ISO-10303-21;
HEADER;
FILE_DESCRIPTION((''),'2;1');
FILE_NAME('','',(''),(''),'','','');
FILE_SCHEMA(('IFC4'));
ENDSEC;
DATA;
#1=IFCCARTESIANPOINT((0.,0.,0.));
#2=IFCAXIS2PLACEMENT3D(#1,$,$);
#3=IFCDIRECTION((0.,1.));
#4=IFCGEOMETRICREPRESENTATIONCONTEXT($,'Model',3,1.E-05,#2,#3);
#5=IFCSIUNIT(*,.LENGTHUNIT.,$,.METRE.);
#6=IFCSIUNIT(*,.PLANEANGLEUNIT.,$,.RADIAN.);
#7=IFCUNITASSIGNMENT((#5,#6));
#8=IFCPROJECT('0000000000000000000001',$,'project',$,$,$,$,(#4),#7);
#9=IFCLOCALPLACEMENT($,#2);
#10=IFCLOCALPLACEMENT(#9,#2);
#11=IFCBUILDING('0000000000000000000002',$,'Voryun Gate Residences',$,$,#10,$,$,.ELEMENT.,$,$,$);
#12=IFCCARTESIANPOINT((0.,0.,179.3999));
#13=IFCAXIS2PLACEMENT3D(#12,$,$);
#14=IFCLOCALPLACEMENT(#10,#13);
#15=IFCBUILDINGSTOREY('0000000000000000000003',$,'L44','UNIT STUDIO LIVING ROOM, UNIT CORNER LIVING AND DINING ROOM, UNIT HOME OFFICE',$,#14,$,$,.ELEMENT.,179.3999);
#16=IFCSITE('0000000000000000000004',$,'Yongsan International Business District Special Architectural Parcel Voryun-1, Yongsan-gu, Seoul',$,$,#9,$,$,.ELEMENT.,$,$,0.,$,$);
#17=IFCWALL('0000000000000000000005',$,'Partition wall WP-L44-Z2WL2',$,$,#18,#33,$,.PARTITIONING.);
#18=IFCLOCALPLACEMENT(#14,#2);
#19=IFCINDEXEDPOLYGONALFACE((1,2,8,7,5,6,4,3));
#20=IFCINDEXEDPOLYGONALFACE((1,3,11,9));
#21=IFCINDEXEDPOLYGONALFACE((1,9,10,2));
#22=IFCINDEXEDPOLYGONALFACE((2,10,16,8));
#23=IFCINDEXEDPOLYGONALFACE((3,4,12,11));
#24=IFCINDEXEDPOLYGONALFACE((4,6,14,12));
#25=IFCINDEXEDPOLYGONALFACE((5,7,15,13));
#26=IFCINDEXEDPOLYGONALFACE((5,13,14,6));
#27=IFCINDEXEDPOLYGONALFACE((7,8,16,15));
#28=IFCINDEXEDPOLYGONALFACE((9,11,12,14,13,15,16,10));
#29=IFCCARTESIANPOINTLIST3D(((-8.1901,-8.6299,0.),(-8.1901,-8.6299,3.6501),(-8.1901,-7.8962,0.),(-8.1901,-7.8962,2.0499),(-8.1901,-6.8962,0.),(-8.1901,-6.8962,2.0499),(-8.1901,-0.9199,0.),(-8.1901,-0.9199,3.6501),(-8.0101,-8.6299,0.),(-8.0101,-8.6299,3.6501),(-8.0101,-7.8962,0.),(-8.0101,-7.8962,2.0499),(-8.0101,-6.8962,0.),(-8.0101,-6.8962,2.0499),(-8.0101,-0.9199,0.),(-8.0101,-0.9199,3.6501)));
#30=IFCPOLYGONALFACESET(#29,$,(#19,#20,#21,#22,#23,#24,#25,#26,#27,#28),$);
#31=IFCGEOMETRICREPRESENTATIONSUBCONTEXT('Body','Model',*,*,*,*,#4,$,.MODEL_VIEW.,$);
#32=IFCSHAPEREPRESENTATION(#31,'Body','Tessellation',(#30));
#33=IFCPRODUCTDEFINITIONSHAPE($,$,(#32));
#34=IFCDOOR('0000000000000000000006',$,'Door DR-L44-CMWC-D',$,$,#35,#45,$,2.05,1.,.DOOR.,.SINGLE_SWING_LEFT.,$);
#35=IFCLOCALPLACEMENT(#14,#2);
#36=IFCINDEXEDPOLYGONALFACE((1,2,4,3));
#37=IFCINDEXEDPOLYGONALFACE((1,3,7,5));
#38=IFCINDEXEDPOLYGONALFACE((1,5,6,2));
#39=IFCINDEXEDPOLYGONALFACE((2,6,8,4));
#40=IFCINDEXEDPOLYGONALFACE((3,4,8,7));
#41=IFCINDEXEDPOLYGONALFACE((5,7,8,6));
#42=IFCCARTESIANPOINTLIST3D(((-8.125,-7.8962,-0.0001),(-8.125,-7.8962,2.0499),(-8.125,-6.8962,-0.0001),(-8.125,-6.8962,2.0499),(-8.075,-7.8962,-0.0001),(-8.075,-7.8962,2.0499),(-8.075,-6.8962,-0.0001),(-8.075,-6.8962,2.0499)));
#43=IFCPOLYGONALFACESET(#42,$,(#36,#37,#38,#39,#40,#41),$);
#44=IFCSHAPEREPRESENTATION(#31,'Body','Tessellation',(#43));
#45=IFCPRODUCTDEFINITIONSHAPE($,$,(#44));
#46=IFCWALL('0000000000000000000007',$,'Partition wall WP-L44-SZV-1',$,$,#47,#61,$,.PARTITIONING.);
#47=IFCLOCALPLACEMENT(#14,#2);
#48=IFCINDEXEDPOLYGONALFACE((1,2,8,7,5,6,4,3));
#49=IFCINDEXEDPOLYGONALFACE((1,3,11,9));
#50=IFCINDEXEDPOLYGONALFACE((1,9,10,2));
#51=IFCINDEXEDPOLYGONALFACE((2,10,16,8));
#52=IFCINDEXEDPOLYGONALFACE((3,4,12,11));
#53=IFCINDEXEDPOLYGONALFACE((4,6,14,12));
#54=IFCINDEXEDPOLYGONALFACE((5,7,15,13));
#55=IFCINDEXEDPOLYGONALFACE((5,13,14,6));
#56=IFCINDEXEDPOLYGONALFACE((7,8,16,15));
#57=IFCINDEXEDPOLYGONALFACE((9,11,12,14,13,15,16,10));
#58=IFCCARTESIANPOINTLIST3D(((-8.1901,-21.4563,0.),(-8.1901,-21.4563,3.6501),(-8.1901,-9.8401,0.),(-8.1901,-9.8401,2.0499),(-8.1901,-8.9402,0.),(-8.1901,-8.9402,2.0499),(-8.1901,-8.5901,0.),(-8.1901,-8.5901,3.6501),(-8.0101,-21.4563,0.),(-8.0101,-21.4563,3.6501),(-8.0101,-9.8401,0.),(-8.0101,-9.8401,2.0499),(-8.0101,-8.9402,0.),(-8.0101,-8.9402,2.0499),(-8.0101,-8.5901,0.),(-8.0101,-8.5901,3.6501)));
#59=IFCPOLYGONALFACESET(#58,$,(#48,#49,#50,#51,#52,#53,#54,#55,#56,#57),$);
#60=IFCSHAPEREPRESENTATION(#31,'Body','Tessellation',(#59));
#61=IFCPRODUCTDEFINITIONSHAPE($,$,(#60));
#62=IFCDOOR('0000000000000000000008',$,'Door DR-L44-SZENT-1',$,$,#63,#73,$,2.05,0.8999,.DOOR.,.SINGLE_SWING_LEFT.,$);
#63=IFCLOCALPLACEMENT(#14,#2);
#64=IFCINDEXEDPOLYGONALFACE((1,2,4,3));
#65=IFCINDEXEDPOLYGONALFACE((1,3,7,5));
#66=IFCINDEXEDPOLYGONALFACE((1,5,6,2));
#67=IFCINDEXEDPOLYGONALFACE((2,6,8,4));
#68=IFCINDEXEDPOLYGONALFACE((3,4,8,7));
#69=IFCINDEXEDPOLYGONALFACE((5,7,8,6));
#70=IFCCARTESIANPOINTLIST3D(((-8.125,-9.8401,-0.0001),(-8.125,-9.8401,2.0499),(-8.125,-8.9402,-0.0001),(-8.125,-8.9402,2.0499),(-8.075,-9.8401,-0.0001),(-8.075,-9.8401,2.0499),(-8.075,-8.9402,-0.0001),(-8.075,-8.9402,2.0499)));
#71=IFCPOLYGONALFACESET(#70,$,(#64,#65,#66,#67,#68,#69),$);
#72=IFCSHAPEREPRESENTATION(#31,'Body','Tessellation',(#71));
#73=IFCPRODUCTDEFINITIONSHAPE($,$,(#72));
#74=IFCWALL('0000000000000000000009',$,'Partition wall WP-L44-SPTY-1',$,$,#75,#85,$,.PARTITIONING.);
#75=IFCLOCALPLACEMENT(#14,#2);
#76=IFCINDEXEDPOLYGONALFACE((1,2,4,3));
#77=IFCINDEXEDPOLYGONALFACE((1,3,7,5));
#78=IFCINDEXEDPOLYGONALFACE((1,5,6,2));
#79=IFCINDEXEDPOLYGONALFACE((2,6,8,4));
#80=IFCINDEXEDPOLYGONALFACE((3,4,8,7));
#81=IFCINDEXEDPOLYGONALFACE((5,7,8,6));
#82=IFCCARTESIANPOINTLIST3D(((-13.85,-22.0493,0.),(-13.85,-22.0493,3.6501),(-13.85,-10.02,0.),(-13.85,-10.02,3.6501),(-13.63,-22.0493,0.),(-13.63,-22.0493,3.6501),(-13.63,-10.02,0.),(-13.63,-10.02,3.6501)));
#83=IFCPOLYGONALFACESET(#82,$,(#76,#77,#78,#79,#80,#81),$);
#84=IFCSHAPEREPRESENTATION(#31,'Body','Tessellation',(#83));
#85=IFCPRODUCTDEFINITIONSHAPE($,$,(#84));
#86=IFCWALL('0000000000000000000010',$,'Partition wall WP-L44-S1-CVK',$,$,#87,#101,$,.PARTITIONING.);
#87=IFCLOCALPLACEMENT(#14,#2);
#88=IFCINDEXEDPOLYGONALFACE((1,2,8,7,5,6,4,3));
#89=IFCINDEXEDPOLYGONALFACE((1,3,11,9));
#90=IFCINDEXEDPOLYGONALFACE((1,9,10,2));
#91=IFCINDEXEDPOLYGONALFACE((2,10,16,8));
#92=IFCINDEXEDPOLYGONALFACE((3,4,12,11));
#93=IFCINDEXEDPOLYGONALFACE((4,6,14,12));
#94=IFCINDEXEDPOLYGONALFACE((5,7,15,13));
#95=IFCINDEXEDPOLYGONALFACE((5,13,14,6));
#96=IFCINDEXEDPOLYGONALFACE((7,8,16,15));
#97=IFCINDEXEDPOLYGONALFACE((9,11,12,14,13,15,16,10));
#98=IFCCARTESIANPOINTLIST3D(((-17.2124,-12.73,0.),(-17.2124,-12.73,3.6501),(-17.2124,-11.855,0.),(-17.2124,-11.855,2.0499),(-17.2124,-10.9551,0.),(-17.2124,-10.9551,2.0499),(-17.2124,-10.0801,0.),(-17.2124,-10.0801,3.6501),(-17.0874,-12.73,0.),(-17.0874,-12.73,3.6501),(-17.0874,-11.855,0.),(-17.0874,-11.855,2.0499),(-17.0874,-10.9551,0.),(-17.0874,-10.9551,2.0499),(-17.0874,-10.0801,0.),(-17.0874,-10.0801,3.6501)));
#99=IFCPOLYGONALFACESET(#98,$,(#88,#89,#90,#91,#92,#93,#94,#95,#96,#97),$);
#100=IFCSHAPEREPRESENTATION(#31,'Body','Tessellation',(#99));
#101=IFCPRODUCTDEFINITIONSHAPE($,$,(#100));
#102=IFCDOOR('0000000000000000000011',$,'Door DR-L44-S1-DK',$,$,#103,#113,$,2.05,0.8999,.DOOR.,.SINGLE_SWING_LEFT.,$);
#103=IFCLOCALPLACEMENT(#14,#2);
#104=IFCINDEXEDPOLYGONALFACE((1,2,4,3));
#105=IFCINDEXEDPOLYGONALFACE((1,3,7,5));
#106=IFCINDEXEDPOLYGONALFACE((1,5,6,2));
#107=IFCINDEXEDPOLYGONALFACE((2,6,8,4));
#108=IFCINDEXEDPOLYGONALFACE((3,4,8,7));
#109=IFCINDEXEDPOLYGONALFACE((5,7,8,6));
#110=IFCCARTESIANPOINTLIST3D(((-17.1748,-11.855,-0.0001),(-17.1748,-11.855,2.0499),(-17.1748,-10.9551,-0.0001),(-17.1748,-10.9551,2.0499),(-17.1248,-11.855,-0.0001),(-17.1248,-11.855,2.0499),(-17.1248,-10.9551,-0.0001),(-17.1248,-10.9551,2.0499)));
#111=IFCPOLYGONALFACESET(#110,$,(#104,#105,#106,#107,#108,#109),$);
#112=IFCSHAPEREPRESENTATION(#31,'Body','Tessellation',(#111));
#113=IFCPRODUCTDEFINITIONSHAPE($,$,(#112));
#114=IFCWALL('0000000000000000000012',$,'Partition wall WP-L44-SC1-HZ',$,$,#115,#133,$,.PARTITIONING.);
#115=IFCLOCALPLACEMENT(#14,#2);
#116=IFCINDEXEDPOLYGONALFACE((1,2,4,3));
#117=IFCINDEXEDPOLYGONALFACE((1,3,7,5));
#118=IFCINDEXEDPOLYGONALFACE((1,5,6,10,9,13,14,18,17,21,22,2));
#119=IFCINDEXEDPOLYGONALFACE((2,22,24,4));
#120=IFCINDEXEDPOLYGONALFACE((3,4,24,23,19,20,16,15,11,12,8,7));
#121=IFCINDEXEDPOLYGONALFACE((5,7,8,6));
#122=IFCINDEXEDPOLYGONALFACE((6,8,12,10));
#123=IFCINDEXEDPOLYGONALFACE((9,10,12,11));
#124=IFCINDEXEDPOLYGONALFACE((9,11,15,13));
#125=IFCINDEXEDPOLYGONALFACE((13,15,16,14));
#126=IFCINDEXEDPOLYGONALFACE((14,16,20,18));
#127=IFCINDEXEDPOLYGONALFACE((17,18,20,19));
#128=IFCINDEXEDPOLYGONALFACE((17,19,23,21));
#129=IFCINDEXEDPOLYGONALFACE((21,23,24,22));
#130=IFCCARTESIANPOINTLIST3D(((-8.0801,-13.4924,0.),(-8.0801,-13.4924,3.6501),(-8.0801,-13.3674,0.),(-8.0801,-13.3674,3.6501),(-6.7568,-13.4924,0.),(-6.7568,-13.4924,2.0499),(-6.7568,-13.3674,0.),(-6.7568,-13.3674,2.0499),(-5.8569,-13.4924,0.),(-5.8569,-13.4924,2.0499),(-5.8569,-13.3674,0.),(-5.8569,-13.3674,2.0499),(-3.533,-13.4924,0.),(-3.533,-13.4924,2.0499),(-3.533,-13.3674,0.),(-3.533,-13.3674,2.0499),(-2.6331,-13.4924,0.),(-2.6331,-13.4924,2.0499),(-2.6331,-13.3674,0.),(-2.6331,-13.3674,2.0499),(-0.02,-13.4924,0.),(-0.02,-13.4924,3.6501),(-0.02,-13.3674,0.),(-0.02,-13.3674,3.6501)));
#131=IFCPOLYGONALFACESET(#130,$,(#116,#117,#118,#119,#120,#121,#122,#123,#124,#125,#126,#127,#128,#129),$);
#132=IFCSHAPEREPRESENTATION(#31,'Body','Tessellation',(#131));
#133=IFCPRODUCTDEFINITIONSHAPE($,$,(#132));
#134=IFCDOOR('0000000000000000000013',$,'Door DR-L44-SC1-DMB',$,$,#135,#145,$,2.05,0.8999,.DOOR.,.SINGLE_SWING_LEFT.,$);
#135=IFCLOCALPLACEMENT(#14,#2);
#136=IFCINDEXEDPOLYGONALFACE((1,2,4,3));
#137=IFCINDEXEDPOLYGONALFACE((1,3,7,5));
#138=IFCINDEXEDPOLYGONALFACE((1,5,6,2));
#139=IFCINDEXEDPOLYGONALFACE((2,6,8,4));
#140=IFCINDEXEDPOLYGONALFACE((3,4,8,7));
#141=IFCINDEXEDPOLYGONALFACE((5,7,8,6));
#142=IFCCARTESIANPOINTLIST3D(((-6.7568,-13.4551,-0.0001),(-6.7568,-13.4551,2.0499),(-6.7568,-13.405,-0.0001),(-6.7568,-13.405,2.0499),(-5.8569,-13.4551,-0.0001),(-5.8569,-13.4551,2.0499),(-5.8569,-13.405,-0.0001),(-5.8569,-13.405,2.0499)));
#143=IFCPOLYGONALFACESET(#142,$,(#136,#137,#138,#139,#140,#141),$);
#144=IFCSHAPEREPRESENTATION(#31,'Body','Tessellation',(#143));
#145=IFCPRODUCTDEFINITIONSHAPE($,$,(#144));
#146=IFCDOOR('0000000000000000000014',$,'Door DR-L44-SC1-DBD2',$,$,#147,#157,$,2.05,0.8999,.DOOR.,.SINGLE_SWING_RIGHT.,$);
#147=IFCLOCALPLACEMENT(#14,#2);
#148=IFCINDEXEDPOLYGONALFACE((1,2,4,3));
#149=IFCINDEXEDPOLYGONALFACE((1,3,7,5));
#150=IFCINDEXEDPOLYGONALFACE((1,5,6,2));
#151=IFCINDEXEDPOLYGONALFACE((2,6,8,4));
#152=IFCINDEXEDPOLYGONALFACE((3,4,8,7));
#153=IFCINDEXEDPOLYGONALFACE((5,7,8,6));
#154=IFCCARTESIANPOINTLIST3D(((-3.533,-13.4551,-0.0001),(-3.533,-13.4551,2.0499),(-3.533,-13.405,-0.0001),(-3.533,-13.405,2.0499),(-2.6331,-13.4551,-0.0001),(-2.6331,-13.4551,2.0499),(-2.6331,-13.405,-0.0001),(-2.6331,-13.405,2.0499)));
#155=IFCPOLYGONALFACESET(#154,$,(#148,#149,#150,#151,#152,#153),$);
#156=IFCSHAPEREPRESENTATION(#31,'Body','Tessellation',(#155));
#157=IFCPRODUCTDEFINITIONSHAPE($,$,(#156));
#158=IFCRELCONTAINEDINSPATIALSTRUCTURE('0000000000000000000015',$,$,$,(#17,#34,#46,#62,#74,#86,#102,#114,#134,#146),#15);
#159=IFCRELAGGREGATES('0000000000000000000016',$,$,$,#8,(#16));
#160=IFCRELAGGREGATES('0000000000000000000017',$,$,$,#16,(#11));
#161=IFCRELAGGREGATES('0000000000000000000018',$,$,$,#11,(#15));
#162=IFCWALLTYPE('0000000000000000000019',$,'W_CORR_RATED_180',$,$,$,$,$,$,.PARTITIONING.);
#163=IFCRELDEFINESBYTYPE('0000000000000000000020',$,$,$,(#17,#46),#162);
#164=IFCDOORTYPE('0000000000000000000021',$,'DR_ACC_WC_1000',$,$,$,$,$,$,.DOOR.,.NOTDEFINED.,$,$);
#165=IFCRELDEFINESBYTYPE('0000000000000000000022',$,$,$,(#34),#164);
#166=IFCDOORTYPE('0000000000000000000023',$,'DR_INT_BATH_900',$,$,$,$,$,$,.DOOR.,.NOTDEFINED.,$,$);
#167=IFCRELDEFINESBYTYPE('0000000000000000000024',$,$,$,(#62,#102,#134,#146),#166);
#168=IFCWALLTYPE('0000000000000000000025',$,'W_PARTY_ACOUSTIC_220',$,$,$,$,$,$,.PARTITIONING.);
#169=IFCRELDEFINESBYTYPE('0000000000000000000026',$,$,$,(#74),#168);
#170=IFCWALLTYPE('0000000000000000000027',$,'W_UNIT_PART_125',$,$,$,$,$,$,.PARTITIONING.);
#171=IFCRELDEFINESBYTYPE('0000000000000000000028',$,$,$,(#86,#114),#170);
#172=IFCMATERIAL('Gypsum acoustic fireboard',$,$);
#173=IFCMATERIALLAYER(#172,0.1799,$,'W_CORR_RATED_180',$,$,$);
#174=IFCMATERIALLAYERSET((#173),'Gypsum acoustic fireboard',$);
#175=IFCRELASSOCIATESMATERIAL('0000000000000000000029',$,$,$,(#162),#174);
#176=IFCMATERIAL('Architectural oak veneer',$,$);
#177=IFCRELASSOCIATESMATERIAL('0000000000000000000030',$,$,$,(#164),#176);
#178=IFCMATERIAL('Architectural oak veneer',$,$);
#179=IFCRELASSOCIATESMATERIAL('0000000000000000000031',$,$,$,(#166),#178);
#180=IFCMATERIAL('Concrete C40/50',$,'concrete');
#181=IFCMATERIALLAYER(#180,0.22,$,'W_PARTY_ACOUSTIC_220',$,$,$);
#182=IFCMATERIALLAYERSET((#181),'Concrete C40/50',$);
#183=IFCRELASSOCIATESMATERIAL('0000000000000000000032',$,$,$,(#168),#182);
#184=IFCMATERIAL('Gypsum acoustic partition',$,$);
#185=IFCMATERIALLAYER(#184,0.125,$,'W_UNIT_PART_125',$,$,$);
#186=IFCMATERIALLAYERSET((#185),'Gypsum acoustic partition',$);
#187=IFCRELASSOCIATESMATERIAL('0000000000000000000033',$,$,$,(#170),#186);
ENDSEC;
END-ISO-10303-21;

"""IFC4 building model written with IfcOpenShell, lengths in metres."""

from ifc_helpers import new_model, si_unit, direction, frame, frame_2d, origin, place, context, subcontext, project, spatial, rectangle, extrude, material, layer, layer_set, type_object, element, fill, save


model = new_model("IFC4")

# Units and contexts
model_context = context("Model", 3, precision=1e-05, world=origin(), true_north=direction((0.0, 1.0)))
body_context = subcontext(model_context, "Body", "Model", "MODEL_VIEW")
ifc_project = project(units=[si_unit("LENGTHUNIT", "METRE"), si_unit("PLANEANGLEUNIT", "RADIAN")], contexts=[model_context])

# Site, building, storey
site_placement = place(None, origin())
site = spatial("IfcSite", under=ifc_project, at=site_placement, Name="Yongsan International Business District Special Architectural Parcel Voryun-1, Yongsan-gu, Seoul", CompositionType="ELEMENT", RefElevation=0.0)
building_placement = place(site_placement, origin())
building = spatial("IfcBuilding", under=site, at=building_placement, Name="Voryun Gate Residences", CompositionType="ELEMENT")
storey_placement = place(building_placement, frame((0.0, 0.0, 179.3999)))
storey = spatial("IfcBuildingStorey", under=building, at=storey_placement, Name="L44", Description="UNIT STUDIO LIVING ROOM, UNIT CORNER LIVING AND DINING ROOM, UNIT HOME OFFICE", CompositionType="ELEMENT", Elevation=179.3999)

# Shared definitions
ifc_material_1 = material(Name="Gypsum acoustic fireboard")
ifc_layer_1 = layer(ifc_material_1, 0.1799, Name="W_CORR_RATED_180")
ifc_layer_set_1 = layer_set([ifc_layer_1], Name="Gypsum acoustic fireboard")
wall_type_1 = type_object("IfcWallType", Name="W_CORR_RATED_180", PredefinedType="PARTITIONING", material=ifc_layer_set_1)

# Walls, openings, doors
wall_1_placement = place(storey_placement, frame((-8.1001, -8.6299, 0.0), z_axis=(0.0, 0.0, 1.0), x_axis=(0.0, 1.0, 0.0)))
wall_1 = element("IfcWall", 1, at=wall_1_placement, inside=storey, type_object=wall_type_1, Name="Partition wall WP-L44-Z2WL2", PredefinedType="PARTITIONING", context=body_context, shape_type="SweptSolid", body=[
    extrude(rectangle(XDim=7.71, YDim=0.1799, at=frame_2d((3.855, 0.0))), origin(), (0.0, 0.0, 1.0), 3.6501),
])
opening_1_placement = place(wall_1_placement, frame((0.7336, 0.0, 0.0)))
opening_1 = element("IfcOpeningElement", 2, at=opening_1_placement, cuts=wall_1, PredefinedType="OPENING", context=body_context, shape_type="SweptSolid", body=[
    extrude(rectangle(XDim=1.0, YDim=2.05, at=frame_2d((0.5, 1.0249))), frame((0.0, 0.0999, 0.0), z_axis=(0.0, -1.0, 0.0), x_axis=(1.0, 0.0, 0.0)), (0.0, 0.0, 1.0), 0.2),
])
ifc_material_2 = material(Name="Architectural oak veneer")
door_type_1 = type_object("IfcDoorType", Name="DR_ACC_WC_1000", OperationType="NOTDEFINED", PredefinedType="DOOR", material=ifc_material_2)
door_1_placement = place(opening_1_placement, origin())
door_1 = element("IfcDoor", 3, at=door_1_placement, inside=storey, type_object=door_type_1, Name="Door DR-L44-CMWC-D", OperationType="SINGLE_SWING_LEFT", OverallHeight=2.05, OverallWidth=1.0, PredefinedType="DOOR", context=body_context, shape_type="SweptSolid", body=[
    extrude(rectangle(XDim=1.0, YDim=2.05, at=frame_2d((0.5, 1.0249))), frame((0.0, 0.0249, 0.0), z_axis=(0.0, -1.0, 0.0), x_axis=(1.0, 0.0, 0.0)), (0.0, 0.0, 1.0), 0.05),
])
fill(opening_1, door_1)
wall_2_placement = place(storey_placement, frame((-8.1001, -21.4563, 0.0), z_axis=(0.0, 0.0, 1.0), x_axis=(0.0, 1.0, 0.0)))
wall_2 = element("IfcWall", 4, at=wall_2_placement, inside=storey, type_object=wall_type_1, Name="Partition wall WP-L44-SZV-1", PredefinedType="PARTITIONING", context=body_context, shape_type="SweptSolid", body=[
    extrude(rectangle(XDim=12.8662, YDim=0.1799, at=frame_2d((6.4331, 0.0))), origin(), (0.0, 0.0, 1.0), 3.6501),
])
opening_2_placement = place(wall_2_placement, frame((11.6162, 0.0, 0.0)))
opening_2 = element("IfcOpeningElement", 5, at=opening_2_placement, cuts=wall_2, PredefinedType="OPENING", context=body_context, shape_type="SweptSolid", body=[
    extrude(rectangle(XDim=0.8999, YDim=2.05, at=frame_2d((0.45, 1.0249))), frame((0.0, 0.0999, 0.0), z_axis=(0.0, -1.0, 0.0), x_axis=(1.0, 0.0, 0.0)), (0.0, 0.0, 1.0), 0.2),
])
ifc_material_3 = material(Name="Architectural oak veneer")
door_type_2 = type_object("IfcDoorType", Name="DR_INT_BATH_900", OperationType="NOTDEFINED", PredefinedType="DOOR", material=ifc_material_3)
door_2_placement = place(opening_2_placement, origin())
door_2 = element("IfcDoor", 6, at=door_2_placement, inside=storey, type_object=door_type_2, Name="Door DR-L44-SZENT-1", OperationType="SINGLE_SWING_LEFT", OverallHeight=2.05, OverallWidth=0.8999, PredefinedType="DOOR", context=body_context, shape_type="SweptSolid", body=[
    extrude(rectangle(XDim=0.8999, YDim=2.05, at=frame_2d((0.45, 1.0249))), frame((0.0, 0.0249, 0.0), z_axis=(0.0, -1.0, 0.0), x_axis=(1.0, 0.0, 0.0)), (0.0, 0.0, 1.0), 0.05),
])
fill(opening_2, door_2)

# Wall
ifc_material_4 = material(Name="Concrete C40/50", Category="concrete")
ifc_layer_2 = layer(ifc_material_4, 0.22, Name="W_PARTY_ACOUSTIC_220")
ifc_layer_set_2 = layer_set([ifc_layer_2], Name="Concrete C40/50")
wall_type_2 = type_object("IfcWallType", Name="W_PARTY_ACOUSTIC_220", PredefinedType="PARTITIONING", material=ifc_layer_set_2)
wall_3_placement = place(storey_placement, frame((-13.74, -22.0493, 0.0), z_axis=(0.0, 0.0, 1.0), x_axis=(0.0, 1.0, 0.0)))
element("IfcWall", 7, at=wall_3_placement, inside=storey, type_object=wall_type_2, Name="Partition wall WP-L44-SPTY-1", PredefinedType="PARTITIONING", context=body_context, shape_type="SweptSolid", body=[
    extrude(rectangle(XDim=12.0293, YDim=0.22, at=frame_2d((6.0146, 0.0))), origin(), (0.0, 0.0, 1.0), 3.6501),
])

# Wall, opening, door
ifc_material_5 = material(Name="Gypsum acoustic partition")
ifc_layer_3 = layer(ifc_material_5, 0.125, Name="W_UNIT_PART_125")
ifc_layer_set_3 = layer_set([ifc_layer_3], Name="Gypsum acoustic partition")
wall_type_3 = type_object("IfcWallType", Name="W_UNIT_PART_125", PredefinedType="PARTITIONING", material=ifc_layer_set_3)
wall_4_placement = place(storey_placement, frame((-17.1499, -12.73, 0.0), z_axis=(0.0, 0.0, 1.0), x_axis=(0.0, 1.0, 0.0)))
wall_4 = element("IfcWall", 8, at=wall_4_placement, inside=storey, type_object=wall_type_3, Name="Partition wall WP-L44-S1-CVK", PredefinedType="PARTITIONING", context=body_context, shape_type="SweptSolid", body=[
    extrude(rectangle(XDim=2.6499, YDim=0.125, at=frame_2d((1.325, 0.0))), origin(), (0.0, 0.0, 1.0), 3.6501),
])
opening_3_placement = place(wall_4_placement, frame((0.875, 0.0, 0.0)))
opening_3 = element("IfcOpeningElement", 9, at=opening_3_placement, cuts=wall_4, PredefinedType="OPENING", context=body_context, shape_type="SweptSolid", body=[
    extrude(rectangle(XDim=0.8999, YDim=2.05, at=frame_2d((0.45, 1.0249))), frame((0.0, 0.0725, 0.0), z_axis=(0.0, -1.0, 0.0), x_axis=(1.0, 0.0, 0.0)), (0.0, 0.0, 1.0), 0.145),
])
door_3_placement = place(opening_3_placement, origin())
door_3 = element("IfcDoor", 10, at=door_3_placement, inside=storey, type_object=door_type_2, Name="Door DR-L44-S1-DK", OperationType="SINGLE_SWING_LEFT", OverallHeight=2.05, OverallWidth=0.8999, PredefinedType="DOOR", context=body_context, shape_type="SweptSolid", body=[
    extrude(rectangle(XDim=0.8999, YDim=2.05, at=frame_2d((0.45, 1.0249))), frame((0.0, 0.0249, 0.0), z_axis=(0.0, -1.0, 0.0), x_axis=(1.0, 0.0, 0.0)), (0.0, 0.0, 1.0), 0.05),
])
fill(opening_3, door_3)

# Wall, openings, doors
wall_5_placement = place(storey_placement, frame((-8.0801, -13.4299, 0.0), z_axis=(0.0, 0.0, 1.0), x_axis=(1.0, 0.0, 0.0)))
wall_5 = element("IfcWall", 11, at=wall_5_placement, inside=storey, type_object=wall_type_3, Name="Partition wall WP-L44-SC1-HZ", PredefinedType="PARTITIONING", context=body_context, shape_type="SweptSolid", body=[
    extrude(rectangle(XDim=8.0601, YDim=0.125, at=frame_2d((4.03, 0.0))), origin(), (0.0, 0.0, 1.0), 3.6501),
])
opening_4_placement = place(wall_5_placement, frame((1.3232, 0.0, 0.0)))
opening_4 = element("IfcOpeningElement", 12, at=opening_4_placement, cuts=wall_5, PredefinedType="OPENING", context=body_context, shape_type="SweptSolid", body=[
    extrude(rectangle(XDim=0.8999, YDim=2.05, at=frame_2d((0.45, 1.0249))), frame((0.0, 0.0725, 0.0), z_axis=(0.0, -1.0, 0.0), x_axis=(1.0, 0.0, 0.0)), (0.0, 0.0, 1.0), 0.145),
])
opening_5_placement = place(wall_5_placement, frame((4.5471, 0.0, 0.0)))
opening_5 = element("IfcOpeningElement", 13, at=opening_5_placement, cuts=wall_5, PredefinedType="OPENING", context=body_context, shape_type="SweptSolid", body=[
    extrude(rectangle(XDim=0.8999, YDim=2.05, at=frame_2d((0.45, 1.0249))), frame((0.0, 0.0725, 0.0), z_axis=(0.0, -1.0, 0.0), x_axis=(1.0, 0.0, 0.0)), (0.0, 0.0, 1.0), 0.145),
])
door_4_placement = place(opening_4_placement, origin())
door_4 = element("IfcDoor", 14, at=door_4_placement, inside=storey, type_object=door_type_2, Name="Door DR-L44-SC1-DMB", OperationType="SINGLE_SWING_LEFT", OverallHeight=2.05, OverallWidth=0.8999, PredefinedType="DOOR", context=body_context, shape_type="SweptSolid", body=[
    extrude(rectangle(XDim=0.8999, YDim=2.05, at=frame_2d((0.45, 1.0249))), frame((0.0, 0.0249, 0.0), z_axis=(0.0, -1.0, 0.0), x_axis=(1.0, 0.0, 0.0)), (0.0, 0.0, 1.0), 0.05),
])
fill(opening_4, door_4)
door_5_placement = place(opening_5_placement, origin())
door_5 = element("IfcDoor", 15, at=door_5_placement, inside=storey, type_object=door_type_2, Name="Door DR-L44-SC1-DBD2", OperationType="SINGLE_SWING_RIGHT", OverallHeight=2.05, OverallWidth=0.8999, PredefinedType="DOOR", context=body_context, shape_type="SweptSolid", body=[
    extrude(rectangle(XDim=0.8999, YDim=2.05, at=frame_2d((0.45, 1.0249))), frame((0.0, 0.0249, 0.0), z_axis=(0.0, -1.0, 0.0), x_axis=(1.0, 0.0, 0.0)), (0.0, 0.0, 1.0), 0.05),
])
fill(opening_5, door_5)

save(model, "model.ifc")
